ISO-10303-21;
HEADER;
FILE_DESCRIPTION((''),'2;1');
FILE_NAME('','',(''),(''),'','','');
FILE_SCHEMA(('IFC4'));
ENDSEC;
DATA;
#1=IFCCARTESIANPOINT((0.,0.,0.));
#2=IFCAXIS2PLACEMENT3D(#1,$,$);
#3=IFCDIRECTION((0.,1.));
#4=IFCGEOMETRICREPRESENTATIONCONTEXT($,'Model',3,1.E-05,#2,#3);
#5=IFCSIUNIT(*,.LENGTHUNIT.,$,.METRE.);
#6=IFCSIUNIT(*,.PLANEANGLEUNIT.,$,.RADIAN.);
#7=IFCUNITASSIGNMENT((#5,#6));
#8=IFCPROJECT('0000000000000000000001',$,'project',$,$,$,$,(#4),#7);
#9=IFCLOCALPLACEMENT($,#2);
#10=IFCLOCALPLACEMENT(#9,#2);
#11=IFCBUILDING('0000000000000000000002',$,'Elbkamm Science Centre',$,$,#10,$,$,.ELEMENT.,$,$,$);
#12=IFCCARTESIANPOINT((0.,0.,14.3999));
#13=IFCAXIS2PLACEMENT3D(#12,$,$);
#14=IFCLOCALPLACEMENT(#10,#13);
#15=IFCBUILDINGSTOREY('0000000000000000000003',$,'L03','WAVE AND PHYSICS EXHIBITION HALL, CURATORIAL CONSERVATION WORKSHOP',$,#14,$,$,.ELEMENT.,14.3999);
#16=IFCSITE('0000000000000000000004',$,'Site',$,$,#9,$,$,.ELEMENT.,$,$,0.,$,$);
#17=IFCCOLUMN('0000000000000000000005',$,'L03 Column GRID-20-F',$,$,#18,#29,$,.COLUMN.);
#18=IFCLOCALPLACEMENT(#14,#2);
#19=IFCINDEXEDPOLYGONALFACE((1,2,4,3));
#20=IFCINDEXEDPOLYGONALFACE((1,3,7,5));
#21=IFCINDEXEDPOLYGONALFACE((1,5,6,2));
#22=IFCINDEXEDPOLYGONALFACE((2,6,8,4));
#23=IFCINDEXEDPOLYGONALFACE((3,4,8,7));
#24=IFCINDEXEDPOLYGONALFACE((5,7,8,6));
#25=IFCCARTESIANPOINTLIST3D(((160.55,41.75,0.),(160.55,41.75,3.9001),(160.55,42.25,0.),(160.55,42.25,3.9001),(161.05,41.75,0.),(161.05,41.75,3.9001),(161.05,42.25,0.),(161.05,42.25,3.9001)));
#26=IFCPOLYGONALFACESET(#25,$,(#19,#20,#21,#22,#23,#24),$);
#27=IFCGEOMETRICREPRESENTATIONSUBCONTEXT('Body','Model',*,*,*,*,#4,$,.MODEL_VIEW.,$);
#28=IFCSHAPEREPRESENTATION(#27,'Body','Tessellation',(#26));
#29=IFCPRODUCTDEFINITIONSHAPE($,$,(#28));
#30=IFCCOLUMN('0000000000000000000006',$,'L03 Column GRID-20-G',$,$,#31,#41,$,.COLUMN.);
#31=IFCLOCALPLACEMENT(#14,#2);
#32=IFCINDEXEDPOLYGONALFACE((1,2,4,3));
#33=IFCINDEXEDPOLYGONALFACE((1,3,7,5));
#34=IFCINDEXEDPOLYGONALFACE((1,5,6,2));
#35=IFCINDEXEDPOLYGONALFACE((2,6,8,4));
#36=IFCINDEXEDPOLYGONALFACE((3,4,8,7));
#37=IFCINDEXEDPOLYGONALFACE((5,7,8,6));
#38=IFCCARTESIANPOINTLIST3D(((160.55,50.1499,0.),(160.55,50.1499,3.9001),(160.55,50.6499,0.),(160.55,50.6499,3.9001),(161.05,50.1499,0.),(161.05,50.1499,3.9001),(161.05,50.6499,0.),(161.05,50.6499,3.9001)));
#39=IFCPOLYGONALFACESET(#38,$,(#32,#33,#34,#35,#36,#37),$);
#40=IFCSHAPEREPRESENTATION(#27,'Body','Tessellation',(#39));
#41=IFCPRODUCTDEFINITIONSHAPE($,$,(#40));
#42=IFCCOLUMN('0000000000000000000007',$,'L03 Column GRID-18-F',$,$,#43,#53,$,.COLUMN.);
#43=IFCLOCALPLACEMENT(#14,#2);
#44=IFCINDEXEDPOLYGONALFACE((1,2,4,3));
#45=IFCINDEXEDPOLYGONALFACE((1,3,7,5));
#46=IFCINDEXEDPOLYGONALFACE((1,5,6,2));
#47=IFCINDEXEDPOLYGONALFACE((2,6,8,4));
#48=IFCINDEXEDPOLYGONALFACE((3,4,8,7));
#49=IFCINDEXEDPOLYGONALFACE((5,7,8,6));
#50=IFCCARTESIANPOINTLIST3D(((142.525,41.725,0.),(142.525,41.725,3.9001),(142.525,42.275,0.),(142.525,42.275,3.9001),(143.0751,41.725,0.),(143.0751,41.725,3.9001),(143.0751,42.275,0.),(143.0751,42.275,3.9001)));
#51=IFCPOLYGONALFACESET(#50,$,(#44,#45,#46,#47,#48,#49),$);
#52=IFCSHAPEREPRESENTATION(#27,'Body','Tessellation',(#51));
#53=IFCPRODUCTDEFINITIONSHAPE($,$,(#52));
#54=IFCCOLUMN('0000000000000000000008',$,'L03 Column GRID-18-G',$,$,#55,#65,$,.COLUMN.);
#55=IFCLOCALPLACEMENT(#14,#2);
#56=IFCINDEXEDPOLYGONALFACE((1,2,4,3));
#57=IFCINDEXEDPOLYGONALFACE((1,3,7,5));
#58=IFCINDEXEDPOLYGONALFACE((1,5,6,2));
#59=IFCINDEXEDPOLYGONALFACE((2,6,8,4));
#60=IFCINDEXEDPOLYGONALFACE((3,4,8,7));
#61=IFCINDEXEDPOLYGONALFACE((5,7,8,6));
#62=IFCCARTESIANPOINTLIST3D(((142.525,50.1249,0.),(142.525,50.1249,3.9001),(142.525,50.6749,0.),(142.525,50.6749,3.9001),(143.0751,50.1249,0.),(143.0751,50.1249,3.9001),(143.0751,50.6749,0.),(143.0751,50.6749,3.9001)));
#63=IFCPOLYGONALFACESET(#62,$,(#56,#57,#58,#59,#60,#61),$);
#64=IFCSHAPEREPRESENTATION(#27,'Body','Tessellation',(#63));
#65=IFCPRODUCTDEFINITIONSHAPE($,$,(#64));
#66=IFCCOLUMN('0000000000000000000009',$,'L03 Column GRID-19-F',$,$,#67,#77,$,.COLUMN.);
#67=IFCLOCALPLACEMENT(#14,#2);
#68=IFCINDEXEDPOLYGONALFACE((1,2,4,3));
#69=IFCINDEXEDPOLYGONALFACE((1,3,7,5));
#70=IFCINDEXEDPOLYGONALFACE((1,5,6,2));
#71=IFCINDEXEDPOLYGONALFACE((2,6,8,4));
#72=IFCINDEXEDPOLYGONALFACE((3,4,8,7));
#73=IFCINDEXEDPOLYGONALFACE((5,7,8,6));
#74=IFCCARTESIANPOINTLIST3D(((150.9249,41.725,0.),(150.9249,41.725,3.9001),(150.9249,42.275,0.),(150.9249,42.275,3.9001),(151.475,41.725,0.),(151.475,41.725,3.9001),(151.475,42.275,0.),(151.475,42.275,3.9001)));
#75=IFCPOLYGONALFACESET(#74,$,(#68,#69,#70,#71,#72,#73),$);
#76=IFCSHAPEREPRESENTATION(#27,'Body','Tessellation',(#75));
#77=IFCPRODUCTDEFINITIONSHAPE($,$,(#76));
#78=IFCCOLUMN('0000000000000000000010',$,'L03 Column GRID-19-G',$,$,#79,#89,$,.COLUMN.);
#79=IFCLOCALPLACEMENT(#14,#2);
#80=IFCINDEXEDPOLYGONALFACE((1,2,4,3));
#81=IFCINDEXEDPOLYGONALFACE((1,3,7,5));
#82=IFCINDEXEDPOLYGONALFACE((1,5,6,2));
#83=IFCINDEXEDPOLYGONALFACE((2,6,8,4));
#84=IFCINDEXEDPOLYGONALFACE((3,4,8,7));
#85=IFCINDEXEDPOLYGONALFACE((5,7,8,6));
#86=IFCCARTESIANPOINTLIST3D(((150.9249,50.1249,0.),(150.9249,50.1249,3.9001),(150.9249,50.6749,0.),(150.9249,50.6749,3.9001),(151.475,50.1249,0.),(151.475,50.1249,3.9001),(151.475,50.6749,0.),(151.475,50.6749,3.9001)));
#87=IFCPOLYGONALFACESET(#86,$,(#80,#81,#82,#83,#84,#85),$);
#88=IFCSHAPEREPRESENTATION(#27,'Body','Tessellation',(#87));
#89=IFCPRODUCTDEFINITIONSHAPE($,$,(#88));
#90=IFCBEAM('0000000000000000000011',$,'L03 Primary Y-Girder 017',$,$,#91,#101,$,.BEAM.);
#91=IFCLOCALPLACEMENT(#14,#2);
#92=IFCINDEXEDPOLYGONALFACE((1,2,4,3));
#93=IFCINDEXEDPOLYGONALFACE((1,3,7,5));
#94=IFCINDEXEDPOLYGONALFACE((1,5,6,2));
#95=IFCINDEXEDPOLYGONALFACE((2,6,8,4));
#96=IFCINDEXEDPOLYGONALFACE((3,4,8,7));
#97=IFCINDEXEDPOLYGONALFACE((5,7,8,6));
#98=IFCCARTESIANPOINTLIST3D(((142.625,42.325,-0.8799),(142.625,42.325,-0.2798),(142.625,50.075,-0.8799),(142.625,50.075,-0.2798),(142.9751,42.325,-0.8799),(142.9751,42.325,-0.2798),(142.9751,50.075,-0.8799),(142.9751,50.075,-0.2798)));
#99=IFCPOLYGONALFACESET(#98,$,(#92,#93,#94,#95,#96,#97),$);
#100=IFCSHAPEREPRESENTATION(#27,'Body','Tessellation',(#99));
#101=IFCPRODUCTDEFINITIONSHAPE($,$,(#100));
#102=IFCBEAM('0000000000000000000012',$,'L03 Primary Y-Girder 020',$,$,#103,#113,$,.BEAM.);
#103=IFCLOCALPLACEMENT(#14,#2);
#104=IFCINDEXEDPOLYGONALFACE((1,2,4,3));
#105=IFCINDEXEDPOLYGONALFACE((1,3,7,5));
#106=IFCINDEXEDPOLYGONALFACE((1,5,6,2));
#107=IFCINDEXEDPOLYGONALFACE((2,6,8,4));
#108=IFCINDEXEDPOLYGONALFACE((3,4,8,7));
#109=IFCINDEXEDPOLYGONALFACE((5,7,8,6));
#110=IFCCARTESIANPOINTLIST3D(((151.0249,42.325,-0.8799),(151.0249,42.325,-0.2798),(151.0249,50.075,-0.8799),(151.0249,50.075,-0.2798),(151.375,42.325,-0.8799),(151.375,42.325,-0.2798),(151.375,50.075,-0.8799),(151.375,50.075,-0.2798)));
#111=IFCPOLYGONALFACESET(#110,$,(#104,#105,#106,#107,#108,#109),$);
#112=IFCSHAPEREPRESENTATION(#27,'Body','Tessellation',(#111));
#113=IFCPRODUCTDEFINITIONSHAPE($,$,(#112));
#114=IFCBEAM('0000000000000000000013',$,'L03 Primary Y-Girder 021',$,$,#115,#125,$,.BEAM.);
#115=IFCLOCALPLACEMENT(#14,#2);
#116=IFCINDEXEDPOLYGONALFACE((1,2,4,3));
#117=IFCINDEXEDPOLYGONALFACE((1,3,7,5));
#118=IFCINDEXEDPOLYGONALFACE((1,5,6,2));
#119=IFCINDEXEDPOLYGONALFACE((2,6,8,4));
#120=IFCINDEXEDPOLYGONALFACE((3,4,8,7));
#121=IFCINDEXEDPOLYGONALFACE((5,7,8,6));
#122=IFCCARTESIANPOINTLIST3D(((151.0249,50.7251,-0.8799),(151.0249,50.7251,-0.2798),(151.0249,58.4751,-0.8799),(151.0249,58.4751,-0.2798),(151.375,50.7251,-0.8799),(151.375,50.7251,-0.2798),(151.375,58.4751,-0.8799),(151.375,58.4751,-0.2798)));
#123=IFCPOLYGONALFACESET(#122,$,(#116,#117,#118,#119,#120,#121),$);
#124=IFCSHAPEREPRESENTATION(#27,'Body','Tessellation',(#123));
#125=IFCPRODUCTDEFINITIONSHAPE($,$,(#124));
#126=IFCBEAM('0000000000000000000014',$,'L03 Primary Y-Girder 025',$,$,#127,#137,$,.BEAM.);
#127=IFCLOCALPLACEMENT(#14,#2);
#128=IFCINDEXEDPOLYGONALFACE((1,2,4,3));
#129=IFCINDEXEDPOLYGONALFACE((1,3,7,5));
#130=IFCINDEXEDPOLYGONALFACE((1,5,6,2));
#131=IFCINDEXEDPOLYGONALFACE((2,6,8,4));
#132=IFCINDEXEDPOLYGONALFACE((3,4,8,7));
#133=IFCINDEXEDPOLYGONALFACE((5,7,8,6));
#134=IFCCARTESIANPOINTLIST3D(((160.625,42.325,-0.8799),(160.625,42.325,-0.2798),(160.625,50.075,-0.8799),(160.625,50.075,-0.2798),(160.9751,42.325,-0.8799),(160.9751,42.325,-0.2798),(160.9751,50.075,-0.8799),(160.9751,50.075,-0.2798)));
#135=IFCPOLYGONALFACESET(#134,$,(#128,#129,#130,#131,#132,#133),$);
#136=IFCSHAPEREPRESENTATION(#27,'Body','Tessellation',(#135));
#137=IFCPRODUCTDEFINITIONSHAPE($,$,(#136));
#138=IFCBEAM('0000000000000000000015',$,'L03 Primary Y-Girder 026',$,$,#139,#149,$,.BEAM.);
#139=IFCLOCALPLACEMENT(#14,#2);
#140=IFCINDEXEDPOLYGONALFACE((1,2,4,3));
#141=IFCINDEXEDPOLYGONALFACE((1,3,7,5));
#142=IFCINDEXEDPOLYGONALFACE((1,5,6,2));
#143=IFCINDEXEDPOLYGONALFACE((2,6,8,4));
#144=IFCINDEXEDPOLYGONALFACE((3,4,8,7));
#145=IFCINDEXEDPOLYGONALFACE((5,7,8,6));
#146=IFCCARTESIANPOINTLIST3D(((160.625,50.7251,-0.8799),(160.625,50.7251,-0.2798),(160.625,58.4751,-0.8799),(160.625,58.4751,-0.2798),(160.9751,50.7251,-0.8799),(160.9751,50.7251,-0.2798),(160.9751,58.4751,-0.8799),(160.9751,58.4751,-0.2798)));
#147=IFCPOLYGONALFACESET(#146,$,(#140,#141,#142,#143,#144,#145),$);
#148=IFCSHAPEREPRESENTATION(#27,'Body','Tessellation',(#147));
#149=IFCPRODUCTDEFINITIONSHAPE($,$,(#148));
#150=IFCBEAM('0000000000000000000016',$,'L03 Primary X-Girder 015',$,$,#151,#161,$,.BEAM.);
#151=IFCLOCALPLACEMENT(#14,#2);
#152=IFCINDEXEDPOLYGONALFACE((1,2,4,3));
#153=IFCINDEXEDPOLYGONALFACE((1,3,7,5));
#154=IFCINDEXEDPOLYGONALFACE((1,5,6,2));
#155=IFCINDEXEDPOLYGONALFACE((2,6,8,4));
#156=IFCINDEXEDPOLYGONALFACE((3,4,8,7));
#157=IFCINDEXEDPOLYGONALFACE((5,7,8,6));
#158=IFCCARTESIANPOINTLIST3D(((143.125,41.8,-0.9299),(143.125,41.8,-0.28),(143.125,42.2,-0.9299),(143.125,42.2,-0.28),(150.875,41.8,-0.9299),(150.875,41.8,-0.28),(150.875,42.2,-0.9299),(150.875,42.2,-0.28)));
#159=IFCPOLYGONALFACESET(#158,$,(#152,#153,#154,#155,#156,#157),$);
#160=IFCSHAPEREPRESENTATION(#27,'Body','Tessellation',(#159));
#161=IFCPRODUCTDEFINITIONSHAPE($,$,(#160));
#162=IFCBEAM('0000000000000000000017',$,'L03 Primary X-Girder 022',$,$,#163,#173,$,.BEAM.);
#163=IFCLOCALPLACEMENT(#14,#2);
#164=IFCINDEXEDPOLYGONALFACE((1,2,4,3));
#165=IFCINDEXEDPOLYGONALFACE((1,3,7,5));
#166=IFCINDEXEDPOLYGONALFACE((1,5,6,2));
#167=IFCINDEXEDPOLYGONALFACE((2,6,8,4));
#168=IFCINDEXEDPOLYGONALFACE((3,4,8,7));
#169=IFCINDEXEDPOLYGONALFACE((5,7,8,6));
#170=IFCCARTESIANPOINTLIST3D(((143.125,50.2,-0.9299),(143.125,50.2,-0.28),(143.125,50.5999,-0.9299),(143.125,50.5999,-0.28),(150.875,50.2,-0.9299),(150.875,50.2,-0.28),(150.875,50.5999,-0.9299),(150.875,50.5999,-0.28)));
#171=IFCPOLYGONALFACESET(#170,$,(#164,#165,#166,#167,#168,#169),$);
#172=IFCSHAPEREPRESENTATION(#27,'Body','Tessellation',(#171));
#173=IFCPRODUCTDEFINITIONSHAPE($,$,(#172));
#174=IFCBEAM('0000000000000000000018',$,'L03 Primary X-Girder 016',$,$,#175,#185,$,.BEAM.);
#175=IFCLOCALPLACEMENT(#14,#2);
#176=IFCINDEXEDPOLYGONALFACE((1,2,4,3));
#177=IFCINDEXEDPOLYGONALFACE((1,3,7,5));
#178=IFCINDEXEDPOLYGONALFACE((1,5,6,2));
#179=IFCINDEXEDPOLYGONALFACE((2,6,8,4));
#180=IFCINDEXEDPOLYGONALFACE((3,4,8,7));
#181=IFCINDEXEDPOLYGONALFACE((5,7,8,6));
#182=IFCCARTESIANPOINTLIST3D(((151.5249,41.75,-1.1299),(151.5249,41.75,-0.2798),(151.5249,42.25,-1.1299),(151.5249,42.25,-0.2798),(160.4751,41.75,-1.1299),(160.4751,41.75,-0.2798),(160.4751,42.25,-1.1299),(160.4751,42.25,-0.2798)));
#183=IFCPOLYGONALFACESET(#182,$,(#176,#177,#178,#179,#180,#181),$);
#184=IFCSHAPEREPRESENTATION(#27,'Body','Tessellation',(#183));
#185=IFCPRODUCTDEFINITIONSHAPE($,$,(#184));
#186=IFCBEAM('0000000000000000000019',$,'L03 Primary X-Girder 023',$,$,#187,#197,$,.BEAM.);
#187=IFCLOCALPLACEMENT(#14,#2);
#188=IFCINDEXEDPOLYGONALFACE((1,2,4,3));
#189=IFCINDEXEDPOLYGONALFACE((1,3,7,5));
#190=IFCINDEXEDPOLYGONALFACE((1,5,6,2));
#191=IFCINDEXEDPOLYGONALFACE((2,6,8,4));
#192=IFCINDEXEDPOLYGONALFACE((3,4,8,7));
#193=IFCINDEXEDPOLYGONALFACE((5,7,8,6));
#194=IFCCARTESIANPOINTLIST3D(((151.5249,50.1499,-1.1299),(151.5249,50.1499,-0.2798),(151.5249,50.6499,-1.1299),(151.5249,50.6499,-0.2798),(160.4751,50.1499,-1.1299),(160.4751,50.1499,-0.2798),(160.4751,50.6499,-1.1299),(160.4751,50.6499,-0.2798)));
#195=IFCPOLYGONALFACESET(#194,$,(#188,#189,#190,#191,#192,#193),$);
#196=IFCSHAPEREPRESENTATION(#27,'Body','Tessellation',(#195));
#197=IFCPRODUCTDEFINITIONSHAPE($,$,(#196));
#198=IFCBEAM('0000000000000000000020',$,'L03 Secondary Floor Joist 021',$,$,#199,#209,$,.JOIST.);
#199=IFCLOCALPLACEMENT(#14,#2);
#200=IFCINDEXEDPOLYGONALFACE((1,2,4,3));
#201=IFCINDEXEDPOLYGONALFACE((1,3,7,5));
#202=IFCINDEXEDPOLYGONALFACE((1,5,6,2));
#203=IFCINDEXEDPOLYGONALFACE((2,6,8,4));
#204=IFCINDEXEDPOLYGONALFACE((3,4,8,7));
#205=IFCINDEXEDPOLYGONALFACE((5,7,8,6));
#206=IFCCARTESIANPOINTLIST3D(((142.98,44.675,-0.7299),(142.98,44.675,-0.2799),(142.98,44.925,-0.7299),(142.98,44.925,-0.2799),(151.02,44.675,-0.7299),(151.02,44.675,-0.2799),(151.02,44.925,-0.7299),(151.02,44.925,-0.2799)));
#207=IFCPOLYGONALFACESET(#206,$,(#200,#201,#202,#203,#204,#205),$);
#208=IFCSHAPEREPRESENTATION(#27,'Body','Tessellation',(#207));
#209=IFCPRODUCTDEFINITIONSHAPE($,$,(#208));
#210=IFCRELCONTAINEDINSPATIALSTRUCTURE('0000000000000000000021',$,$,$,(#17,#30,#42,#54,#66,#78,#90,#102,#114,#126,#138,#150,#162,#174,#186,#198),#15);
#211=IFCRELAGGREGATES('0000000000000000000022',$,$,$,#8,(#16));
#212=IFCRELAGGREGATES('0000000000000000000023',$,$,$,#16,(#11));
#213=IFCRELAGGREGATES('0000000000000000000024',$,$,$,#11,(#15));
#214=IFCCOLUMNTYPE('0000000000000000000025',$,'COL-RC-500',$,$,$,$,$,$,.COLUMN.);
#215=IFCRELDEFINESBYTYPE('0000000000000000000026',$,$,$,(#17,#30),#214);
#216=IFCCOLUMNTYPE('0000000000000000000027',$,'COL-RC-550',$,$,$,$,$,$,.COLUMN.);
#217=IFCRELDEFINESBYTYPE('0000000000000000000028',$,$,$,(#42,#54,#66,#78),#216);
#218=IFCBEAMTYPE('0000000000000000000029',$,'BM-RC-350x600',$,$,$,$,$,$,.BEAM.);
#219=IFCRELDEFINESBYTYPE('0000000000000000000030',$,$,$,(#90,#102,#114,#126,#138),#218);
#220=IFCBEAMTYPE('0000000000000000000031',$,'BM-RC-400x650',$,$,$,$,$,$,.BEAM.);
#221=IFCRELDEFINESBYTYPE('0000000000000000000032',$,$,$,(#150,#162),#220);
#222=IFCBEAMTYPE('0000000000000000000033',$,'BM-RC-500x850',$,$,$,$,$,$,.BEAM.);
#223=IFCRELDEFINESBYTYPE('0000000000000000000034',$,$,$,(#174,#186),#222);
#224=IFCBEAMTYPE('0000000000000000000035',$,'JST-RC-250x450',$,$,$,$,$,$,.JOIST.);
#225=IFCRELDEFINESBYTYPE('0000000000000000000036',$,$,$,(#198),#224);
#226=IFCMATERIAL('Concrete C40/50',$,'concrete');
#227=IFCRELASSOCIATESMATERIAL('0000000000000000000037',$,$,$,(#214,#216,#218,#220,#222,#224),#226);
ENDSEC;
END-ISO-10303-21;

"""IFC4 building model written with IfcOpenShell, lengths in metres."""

from ifc_helpers import new_model, si_unit, direction, frame, origin, origin_2d, place, context, subcontext, project, spatial, rectangle, extrude, material, material_profile, profile_set, type_object, element, save


model = new_model("IFC4")

# Units and contexts
model_context = context("Model", 3, precision=1e-05, world=origin(), true_north=direction((0.0, 1.0)))
body_context = subcontext(model_context, "Body", "Model", "MODEL_VIEW")
ifc_project = project(units=[si_unit("LENGTHUNIT", "METRE"), si_unit("PLANEANGLEUNIT", "RADIAN")], contexts=[model_context])

# Site, building, storey
site_placement = place(None, origin())
site = spatial("IfcSite", under=ifc_project, at=site_placement, Name="Site", CompositionType="ELEMENT", RefElevation=0.0)
building_placement = place(site_placement, origin())
building = spatial("IfcBuilding", under=site, at=building_placement, Name="Elbkamm Science Centre", CompositionType="ELEMENT")
storey_placement = place(building_placement, frame((0.0, 0.0, 14.3999)))
storey = spatial("IfcBuildingStorey", under=building, at=storey_placement, Name="L03", Description="WAVE AND PHYSICS EXHIBITION HALL, CURATORIAL CONSERVATION WORKSHOP", CompositionType="ELEMENT", Elevation=14.3999)

# Columns
ifc_material_1 = material(Name="Concrete C40/50", Category="concrete")
ifc_material_profile_1 = material_profile(ifc_material_1, rectangle(XDim=0.5, YDim=0.5, at=origin_2d()), Name="RC 500x500")
ifc_profile_set_1 = profile_set([ifc_material_profile_1], Name="Concrete C40/50")
column_type_1 = type_object("IfcColumnType", Name="COL-RC-500", PredefinedType="COLUMN", material=ifc_profile_set_1)
for number, where, z_axis, x_axis, name in (
    (1, (160.8, 42.0, 0.0), (0.0, 0.0, 1.0), (1.0, 0.0, 0.0), "L03 Column GRID-20-F"),
    (2, (160.8, 50.3999, 0.0), (0.0, 0.0, 1.0), (1.0, 0.0, 0.0), "L03 Column GRID-20-G"),
):
    element("IfcColumn", number, at=place(storey_placement, frame(where, z_axis=z_axis, x_axis=x_axis)), inside=storey, type_object=column_type_1, Name=name, PredefinedType="COLUMN", context=body_context, shape_type="SweptSolid", body=[
        extrude(rectangle(XDim=0.5, YDim=0.5, at=origin_2d()), origin(), (0.0, 0.0, 1.0), 3.9001),
    ])
ifc_material_profile_2 = material_profile(ifc_material_1, rectangle(XDim=0.55, YDim=0.55, at=origin_2d()), Name="RC 550x550")
ifc_profile_set_2 = profile_set([ifc_material_profile_2], Name="Concrete C40/50")
column_type_2 = type_object("IfcColumnType", Name="COL-RC-550", PredefinedType="COLUMN", material=ifc_profile_set_2)
for number, where, z_axis, x_axis, name in (
    (3, (142.8, 42.0, 0.0), (0.0, 0.0, 1.0), (1.0, 0.0, 0.0), "L03 Column GRID-18-F"),
    (4, (142.8, 50.3999, 0.0), (0.0, 0.0, 1.0), (1.0, 0.0, 0.0), "L03 Column GRID-18-G"),
    (5, (151.2, 42.0, 0.0), (0.0, 0.0, 1.0), (1.0, 0.0, 0.0), "L03 Column GRID-19-F"),
    (6, (151.2, 50.3999, 0.0), (0.0, 0.0, 1.0), (1.0, 0.0, 0.0), "L03 Column GRID-19-G"),
):
    element("IfcColumn", number, at=place(storey_placement, frame(where, z_axis=z_axis, x_axis=x_axis)), inside=storey, type_object=column_type_2, Name=name, PredefinedType="COLUMN", context=body_context, shape_type="SweptSolid", body=[
        extrude(rectangle(XDim=0.55, YDim=0.55, at=origin_2d()), origin(), (0.0, 0.0, 1.0), 3.9001),
    ])

# Beams
ifc_material_profile_3 = material_profile(ifc_material_1, rectangle(XDim=0.3501, YDim=0.6001, at=origin_2d()), Name="RC 350x600")
ifc_profile_set_3 = profile_set([ifc_material_profile_3], Name="Concrete C40/50")
beam_type_1 = type_object("IfcBeamType", Name="BM-RC-350x600", PredefinedType="BEAM", material=ifc_profile_set_3)
for number, where, z_axis, x_axis, name in (
    (7, (142.8, 42.325, -0.5798), (0.0, 1.0, 0.0), (-1.0, 0.0, 0.0), "L03 Primary Y-Girder 017"),
    (8, (151.2, 42.325, -0.5798), (0.0, 1.0, 0.0), (-1.0, 0.0, 0.0), "L03 Primary Y-Girder 020"),
    (9, (151.2, 50.7251, -0.5798), (0.0, 1.0, 0.0), (-1.0, 0.0, 0.0), "L03 Primary Y-Girder 021"),
    (10, (160.8, 42.325, -0.5798), (0.0, 1.0, 0.0), (-1.0, 0.0, 0.0), "L03 Primary Y-Girder 025"),
    (11, (160.8, 50.7251, -0.5798), (0.0, 1.0, 0.0), (-1.0, 0.0, 0.0), "L03 Primary Y-Girder 026"),
):
    element("IfcBeam", number, at=place(storey_placement, frame(where, z_axis=z_axis, x_axis=x_axis)), inside=storey, type_object=beam_type_1, Name=name, PredefinedType="BEAM", context=body_context, shape_type="SweptSolid", body=[
        extrude(rectangle(XDim=0.3501, YDim=0.6001, at=origin_2d()), origin(), (0.0, 0.0, 1.0), 7.75),
    ])
ifc_material_profile_4 = material_profile(ifc_material_1, rectangle(XDim=0.3999, YDim=0.6499, at=origin_2d()), Name="RC 400x650")
ifc_profile_set_4 = profile_set([ifc_material_profile_4], Name="Concrete C40/50")
beam_type_2 = type_object("IfcBeamType", Name="BM-RC-400x650", PredefinedType="BEAM", material=ifc_profile_set_4)
for number, where, z_axis, x_axis, name in (
    (12, (143.125, 42.0, -0.605), (1.0, 0.0, 0.0), (0.0, 1.0, 0.0), "L03 Primary X-Girder 015"),
    (13, (143.125, 50.3999, -0.605), (1.0, 0.0, 0.0), (0.0, 1.0, 0.0), "L03 Primary X-Girder 022"),
):
    element("IfcBeam", number, at=place(storey_placement, frame(where, z_axis=z_axis, x_axis=x_axis)), inside=storey, type_object=beam_type_2, Name=name, PredefinedType="BEAM", context=body_context, shape_type="SweptSolid", body=[
        extrude(rectangle(XDim=0.3999, YDim=0.6499, at=origin_2d()), origin(), (0.0, 0.0, 1.0), 7.75),
    ])
ifc_material_profile_5 = material_profile(ifc_material_1, rectangle(XDim=0.5, YDim=0.8501, at=origin_2d()), Name="RC 500x850")
ifc_profile_set_5 = profile_set([ifc_material_profile_5], Name="Concrete C40/50")
beam_type_3 = type_object("IfcBeamType", Name="BM-RC-500x850", PredefinedType="BEAM", material=ifc_profile_set_5)
for number, where, z_axis, x_axis, name in (
    (14, (151.5249, 42.0, -0.7048), (1.0, 0.0, 0.0), (0.0, 1.0, 0.0), "L03 Primary X-Girder 016"),
    (15, (151.5249, 50.3999, -0.7048), (1.0, 0.0, 0.0), (0.0, 1.0, 0.0), "L03 Primary X-Girder 023"),
):
    element("IfcBeam", number, at=place(storey_placement, frame(where, z_axis=z_axis, x_axis=x_axis)), inside=storey, type_object=beam_type_3, Name=name, PredefinedType="BEAM", context=body_context, shape_type="SweptSolid", body=[
        extrude(rectangle(XDim=0.5, YDim=0.8501, at=origin_2d()), origin(), (0.0, 0.0, 1.0), 8.9502),
    ])
ifc_material_profile_6 = material_profile(ifc_material_1, rectangle(XDim=0.25, YDim=0.45, at=origin_2d()), Name="RC 250x450")
ifc_profile_set_6 = profile_set([ifc_material_profile_6], Name="Concrete C40/50")
beam_type_4 = type_object("IfcBeamType", Name="JST-RC-250x450", PredefinedType="JOIST", material=ifc_profile_set_6)
for number, where, z_axis, x_axis, name in (
    (16, (142.98, 44.8, -0.5049), (1.0, 0.0, 0.0), (0.0, 1.0, 0.0), "L03 Secondary Floor Joist 021"),
):
    element("IfcBeam", number, at=place(storey_placement, frame(where, z_axis=z_axis, x_axis=x_axis)), inside=storey, type_object=beam_type_4, Name=name, PredefinedType="JOIST", context=body_context, shape_type="SweptSolid", body=[
        extrude(rectangle(XDim=0.25, YDim=0.45, at=origin_2d()), origin(), (0.0, 0.0, 1.0), 8.04),
    ])

save(model, "model.ifc")
